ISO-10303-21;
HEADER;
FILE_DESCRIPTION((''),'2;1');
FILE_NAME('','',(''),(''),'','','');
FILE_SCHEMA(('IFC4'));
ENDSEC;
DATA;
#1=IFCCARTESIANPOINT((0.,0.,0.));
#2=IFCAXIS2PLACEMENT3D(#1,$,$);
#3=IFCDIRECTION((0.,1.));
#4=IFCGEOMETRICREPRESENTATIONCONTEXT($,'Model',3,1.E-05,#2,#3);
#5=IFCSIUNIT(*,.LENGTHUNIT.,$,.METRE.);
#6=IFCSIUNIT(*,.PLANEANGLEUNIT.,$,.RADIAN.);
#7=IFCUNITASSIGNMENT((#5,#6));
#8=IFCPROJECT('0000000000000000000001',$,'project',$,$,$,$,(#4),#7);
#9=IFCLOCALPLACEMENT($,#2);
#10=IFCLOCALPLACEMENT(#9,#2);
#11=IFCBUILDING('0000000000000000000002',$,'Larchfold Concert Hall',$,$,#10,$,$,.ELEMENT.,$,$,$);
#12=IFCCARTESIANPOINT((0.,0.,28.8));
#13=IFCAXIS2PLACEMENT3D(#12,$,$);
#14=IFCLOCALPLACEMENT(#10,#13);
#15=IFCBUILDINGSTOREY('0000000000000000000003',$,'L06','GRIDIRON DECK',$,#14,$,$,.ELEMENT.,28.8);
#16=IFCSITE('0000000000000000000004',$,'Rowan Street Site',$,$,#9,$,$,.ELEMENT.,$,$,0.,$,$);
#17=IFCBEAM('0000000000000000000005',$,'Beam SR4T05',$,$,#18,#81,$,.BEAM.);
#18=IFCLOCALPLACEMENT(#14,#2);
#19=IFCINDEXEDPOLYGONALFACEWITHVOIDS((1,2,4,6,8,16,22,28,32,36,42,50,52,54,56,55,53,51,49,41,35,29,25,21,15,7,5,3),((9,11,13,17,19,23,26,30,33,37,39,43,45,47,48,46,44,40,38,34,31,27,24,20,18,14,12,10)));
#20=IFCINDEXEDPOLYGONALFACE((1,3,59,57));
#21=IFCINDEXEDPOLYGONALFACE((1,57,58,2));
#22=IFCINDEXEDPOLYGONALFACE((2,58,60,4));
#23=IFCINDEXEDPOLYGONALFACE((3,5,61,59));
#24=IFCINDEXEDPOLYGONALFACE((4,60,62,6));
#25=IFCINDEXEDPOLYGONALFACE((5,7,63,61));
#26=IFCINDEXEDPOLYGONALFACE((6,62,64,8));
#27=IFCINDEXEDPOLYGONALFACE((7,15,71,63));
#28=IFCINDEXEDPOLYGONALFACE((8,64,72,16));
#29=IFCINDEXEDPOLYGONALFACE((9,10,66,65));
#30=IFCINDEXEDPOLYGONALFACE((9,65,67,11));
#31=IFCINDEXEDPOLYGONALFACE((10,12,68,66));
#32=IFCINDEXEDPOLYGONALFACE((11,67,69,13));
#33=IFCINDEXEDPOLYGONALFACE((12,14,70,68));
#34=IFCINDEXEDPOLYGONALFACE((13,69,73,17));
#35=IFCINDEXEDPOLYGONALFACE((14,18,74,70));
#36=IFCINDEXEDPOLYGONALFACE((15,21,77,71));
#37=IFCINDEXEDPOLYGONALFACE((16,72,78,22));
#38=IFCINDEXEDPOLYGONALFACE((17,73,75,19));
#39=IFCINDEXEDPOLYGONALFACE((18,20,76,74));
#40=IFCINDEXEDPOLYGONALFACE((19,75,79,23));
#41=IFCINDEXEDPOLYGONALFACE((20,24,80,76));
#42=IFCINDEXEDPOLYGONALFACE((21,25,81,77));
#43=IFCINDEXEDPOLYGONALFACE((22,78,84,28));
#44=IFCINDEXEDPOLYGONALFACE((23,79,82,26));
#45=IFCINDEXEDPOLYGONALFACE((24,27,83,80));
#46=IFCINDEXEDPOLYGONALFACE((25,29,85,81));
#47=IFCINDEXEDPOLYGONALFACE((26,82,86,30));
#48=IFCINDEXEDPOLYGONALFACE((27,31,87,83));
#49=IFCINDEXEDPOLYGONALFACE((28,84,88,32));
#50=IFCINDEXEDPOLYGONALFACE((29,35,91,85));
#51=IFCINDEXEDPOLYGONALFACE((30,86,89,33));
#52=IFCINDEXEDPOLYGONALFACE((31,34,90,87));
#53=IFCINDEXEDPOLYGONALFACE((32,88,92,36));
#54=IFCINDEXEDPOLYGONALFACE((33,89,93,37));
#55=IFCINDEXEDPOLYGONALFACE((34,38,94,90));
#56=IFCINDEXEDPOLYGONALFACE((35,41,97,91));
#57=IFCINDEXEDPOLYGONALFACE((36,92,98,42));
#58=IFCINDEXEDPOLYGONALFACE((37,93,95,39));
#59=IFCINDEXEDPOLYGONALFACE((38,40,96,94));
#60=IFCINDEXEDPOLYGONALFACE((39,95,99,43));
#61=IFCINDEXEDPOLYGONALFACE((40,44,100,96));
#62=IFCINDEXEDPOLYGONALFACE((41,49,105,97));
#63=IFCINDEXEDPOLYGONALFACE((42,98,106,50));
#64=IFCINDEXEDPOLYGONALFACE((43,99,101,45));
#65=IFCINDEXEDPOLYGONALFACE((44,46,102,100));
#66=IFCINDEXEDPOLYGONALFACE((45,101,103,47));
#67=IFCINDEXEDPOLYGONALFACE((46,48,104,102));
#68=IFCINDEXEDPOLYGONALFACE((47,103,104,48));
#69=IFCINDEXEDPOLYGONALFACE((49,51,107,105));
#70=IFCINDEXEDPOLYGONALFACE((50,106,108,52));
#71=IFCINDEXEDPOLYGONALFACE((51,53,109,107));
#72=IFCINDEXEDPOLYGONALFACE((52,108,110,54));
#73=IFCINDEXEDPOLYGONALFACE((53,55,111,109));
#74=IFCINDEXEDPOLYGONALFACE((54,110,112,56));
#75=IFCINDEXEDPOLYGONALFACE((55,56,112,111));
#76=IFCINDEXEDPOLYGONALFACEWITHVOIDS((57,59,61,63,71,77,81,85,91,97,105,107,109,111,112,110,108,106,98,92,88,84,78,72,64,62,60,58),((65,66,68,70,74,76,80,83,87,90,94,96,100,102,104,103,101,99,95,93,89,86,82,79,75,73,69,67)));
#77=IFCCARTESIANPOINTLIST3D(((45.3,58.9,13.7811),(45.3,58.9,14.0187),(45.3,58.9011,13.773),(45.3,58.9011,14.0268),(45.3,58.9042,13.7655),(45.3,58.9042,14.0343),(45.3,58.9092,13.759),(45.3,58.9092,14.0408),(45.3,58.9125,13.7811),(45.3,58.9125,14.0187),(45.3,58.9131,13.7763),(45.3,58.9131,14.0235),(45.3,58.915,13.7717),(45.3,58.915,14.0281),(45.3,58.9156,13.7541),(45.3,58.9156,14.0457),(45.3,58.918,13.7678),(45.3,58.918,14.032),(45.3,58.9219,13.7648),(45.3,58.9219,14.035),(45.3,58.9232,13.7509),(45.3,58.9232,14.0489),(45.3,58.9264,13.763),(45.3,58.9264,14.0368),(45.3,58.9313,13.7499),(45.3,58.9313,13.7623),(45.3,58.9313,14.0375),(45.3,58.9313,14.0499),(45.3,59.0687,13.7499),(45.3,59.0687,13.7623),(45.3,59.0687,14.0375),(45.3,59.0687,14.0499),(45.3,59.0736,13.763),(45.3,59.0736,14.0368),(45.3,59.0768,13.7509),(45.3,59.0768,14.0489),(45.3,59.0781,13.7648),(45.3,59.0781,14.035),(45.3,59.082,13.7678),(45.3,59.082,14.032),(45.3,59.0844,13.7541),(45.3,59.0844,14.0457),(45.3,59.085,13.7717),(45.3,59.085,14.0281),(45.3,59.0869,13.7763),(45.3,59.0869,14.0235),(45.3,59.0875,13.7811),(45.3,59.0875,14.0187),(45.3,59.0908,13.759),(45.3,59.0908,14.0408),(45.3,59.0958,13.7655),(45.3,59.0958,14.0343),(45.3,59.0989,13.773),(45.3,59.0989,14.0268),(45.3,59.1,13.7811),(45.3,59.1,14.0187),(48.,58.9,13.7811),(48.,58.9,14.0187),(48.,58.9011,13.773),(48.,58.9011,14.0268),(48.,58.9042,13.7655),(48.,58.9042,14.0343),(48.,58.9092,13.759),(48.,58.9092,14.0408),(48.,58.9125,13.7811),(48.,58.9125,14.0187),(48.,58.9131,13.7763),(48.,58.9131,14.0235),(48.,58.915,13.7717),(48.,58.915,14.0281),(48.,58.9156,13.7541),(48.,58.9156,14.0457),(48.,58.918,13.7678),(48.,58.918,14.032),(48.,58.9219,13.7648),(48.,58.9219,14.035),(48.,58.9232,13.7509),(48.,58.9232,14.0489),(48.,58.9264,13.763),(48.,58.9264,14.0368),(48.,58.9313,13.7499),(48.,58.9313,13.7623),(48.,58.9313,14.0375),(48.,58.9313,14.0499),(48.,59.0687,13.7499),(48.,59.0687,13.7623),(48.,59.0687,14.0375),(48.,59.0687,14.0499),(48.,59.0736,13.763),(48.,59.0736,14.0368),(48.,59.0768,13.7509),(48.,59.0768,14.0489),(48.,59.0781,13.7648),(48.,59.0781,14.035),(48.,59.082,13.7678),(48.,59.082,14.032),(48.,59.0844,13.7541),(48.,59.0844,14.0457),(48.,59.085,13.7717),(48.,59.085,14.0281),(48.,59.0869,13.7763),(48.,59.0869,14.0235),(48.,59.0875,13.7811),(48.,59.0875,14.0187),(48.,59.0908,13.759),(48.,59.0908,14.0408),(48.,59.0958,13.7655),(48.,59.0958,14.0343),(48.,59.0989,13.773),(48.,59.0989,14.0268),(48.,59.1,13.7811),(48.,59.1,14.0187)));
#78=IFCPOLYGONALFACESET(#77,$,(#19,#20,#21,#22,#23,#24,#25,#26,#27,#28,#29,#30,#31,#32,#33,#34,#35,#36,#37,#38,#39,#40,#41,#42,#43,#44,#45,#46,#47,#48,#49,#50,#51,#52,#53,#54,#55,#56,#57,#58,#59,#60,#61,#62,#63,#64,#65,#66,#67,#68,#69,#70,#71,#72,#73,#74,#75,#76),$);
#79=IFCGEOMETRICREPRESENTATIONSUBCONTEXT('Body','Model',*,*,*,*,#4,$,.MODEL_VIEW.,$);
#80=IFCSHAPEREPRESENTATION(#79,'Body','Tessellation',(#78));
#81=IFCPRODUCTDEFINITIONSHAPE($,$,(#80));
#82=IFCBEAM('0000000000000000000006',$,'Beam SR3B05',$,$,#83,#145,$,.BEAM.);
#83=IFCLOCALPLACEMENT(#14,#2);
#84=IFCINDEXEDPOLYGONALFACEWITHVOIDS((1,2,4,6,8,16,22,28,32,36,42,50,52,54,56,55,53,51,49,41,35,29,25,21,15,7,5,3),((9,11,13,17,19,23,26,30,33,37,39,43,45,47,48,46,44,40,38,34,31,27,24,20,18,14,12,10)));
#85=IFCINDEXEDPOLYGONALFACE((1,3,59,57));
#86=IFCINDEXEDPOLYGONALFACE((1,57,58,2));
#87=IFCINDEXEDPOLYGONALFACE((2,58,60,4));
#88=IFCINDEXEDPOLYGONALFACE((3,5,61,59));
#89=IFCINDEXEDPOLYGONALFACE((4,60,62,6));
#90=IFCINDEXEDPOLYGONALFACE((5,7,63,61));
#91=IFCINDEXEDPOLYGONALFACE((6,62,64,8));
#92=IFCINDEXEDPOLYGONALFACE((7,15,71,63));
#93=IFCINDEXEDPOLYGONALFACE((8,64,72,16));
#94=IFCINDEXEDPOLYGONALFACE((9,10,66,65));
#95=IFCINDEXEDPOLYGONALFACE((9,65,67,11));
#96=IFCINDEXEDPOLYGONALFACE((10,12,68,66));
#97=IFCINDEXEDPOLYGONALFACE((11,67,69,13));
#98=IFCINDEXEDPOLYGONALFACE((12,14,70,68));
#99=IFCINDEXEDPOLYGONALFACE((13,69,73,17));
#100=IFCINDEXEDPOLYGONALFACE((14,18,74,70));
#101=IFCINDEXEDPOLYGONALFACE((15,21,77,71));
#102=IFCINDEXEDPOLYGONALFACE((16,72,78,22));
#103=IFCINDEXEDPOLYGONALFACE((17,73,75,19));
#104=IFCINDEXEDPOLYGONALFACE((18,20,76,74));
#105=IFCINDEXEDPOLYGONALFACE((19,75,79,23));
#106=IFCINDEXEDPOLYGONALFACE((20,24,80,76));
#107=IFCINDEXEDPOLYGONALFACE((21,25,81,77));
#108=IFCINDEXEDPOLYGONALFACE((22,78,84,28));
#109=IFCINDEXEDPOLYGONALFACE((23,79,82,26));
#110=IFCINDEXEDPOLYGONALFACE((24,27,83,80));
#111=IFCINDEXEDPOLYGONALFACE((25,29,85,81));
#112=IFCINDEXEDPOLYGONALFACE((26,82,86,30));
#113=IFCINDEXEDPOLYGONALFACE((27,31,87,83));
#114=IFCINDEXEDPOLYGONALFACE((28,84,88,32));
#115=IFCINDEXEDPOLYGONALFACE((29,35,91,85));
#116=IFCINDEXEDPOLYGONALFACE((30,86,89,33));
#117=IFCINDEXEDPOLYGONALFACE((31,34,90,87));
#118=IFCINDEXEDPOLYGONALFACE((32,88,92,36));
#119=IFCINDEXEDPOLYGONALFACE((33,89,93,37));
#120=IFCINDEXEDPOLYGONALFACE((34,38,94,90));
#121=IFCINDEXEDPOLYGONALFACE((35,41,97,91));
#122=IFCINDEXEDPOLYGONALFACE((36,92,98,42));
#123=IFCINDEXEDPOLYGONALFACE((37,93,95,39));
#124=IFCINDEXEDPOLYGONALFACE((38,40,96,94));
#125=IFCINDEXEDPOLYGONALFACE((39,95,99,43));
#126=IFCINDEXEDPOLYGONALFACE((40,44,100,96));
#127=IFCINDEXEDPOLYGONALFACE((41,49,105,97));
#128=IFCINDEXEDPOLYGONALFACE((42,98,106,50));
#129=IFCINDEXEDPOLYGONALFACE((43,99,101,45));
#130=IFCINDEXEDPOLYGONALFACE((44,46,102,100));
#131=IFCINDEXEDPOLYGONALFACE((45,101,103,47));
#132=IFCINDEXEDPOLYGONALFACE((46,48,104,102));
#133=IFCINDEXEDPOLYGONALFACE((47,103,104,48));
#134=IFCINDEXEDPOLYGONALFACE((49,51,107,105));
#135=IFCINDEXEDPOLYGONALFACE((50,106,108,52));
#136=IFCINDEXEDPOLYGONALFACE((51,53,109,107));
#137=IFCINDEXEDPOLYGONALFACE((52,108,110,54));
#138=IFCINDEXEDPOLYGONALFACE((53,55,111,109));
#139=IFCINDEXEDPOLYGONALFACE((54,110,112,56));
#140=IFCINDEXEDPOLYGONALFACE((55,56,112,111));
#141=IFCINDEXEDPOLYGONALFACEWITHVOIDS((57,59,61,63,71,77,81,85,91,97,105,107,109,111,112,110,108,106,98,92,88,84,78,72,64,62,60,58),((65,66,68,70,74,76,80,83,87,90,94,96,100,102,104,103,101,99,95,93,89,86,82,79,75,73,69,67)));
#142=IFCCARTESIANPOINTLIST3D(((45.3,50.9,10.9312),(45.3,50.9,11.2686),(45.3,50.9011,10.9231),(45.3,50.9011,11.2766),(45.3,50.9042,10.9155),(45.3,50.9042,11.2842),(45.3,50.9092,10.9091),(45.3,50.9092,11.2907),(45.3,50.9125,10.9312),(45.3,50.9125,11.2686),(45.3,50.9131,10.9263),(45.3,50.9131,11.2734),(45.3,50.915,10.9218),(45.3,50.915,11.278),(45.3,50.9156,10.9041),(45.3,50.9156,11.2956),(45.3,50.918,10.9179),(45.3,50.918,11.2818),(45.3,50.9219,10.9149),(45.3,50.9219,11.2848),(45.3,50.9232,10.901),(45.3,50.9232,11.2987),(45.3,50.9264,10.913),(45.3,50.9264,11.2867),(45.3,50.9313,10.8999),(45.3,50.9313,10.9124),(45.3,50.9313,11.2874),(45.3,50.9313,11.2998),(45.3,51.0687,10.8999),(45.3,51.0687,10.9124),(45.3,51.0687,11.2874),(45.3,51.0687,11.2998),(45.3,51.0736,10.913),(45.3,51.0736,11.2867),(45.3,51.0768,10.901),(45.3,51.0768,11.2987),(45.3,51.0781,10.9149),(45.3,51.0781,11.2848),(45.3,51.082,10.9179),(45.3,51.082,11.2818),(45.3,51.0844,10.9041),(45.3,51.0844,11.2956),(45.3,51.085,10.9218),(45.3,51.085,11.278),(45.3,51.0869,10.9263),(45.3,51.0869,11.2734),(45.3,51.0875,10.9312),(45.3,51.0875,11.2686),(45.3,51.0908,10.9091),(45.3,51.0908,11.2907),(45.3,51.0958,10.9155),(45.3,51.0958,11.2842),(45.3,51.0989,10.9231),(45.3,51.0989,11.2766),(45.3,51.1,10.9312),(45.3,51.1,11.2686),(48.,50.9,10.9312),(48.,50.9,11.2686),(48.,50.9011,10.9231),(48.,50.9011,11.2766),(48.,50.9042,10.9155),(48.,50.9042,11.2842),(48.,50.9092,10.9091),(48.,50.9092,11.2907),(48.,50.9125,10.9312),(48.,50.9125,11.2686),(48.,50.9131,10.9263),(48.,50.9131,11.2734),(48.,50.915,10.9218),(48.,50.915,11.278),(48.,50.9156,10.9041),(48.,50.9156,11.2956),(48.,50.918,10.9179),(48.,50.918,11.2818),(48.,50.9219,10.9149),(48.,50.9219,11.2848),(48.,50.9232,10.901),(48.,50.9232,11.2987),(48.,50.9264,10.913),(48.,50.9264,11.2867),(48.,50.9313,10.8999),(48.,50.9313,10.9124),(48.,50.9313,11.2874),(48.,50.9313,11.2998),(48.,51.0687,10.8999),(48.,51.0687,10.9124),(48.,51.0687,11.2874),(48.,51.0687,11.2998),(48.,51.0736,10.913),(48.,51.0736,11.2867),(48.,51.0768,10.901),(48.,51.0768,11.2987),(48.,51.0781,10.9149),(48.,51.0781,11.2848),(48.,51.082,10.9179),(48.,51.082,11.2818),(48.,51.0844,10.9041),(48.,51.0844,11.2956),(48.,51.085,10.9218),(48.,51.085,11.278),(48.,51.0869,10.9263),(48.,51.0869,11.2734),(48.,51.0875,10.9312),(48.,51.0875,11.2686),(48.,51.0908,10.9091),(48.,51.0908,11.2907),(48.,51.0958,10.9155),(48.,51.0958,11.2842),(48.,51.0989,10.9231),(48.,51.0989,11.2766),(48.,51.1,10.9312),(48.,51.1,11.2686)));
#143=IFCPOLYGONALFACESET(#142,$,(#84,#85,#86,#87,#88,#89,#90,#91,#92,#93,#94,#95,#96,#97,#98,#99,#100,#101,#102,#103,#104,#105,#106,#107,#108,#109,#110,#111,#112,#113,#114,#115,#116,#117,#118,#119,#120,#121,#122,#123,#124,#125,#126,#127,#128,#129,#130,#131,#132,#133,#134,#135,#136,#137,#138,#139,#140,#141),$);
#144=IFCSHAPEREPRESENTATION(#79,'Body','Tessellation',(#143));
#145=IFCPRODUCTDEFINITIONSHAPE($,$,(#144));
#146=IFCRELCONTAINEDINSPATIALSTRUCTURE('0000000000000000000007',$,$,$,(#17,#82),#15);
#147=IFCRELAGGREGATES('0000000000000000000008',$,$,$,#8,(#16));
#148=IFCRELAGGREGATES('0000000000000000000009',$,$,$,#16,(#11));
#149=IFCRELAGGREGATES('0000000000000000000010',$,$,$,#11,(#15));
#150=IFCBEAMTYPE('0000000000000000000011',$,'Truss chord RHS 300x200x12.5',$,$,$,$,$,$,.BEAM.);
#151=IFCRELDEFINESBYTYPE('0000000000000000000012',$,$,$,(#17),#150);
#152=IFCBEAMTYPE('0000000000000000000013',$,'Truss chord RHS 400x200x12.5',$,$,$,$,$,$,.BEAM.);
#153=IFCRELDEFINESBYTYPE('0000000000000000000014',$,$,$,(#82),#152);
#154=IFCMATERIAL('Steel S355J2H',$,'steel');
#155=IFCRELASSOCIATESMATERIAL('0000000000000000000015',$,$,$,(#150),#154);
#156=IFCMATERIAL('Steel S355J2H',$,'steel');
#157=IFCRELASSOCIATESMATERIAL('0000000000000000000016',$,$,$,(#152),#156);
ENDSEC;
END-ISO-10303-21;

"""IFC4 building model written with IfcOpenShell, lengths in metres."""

from ifc_helpers import new_model, si_unit, direction, frame, origin, origin_2d, place, context, subcontext, project, spatial, hollow_rectangle, extrude, material, material_profile, profile_set, type_object, element, save


model = new_model("IFC4")

# Units and contexts
model_context = context("Model", 3, precision=1e-05, world=origin(), true_north=direction((0.0, 1.0)))
body_context = subcontext(model_context, "Body", "Model", "MODEL_VIEW")
ifc_project = project(units=[si_unit("LENGTHUNIT", "METRE"), si_unit("PLANEANGLEUNIT", "RADIAN")], contexts=[model_context])

# Site, building, storey
site_placement = place(None, origin())
site = spatial("IfcSite", under=ifc_project, at=site_placement, Name="Rowan Street Site", CompositionType="ELEMENT", RefElevation=0.0)
building_placement = place(site_placement, origin())
building = spatial("IfcBuilding", under=site, at=building_placement, Name="Larchfold Concert Hall", CompositionType="ELEMENT")
storey_placement = place(building_placement, frame((0.0, 0.0, 28.8)))
storey = spatial("IfcBuildingStorey", under=building, at=storey_placement, Name="L06", Description="GRIDIRON DECK", CompositionType="ELEMENT", Elevation=28.8)

# Beams
ifc_material_1 = material(Name="Steel S355J2H", Category="steel")
ifc_material_profile_1 = material_profile(ifc_material_1, hollow_rectangle(XDim=0.2, YDim=0.3, WallThickness=0.0125, InnerFilletRadius=0.0188, OuterFilletRadius=0.0312, at=origin_2d()))
ifc_profile_set_1 = profile_set([ifc_material_profile_1], Name="Steel S355J2H")
beam_type_1 = type_object("IfcBeamType", Name="Truss chord RHS 300x200x12.5", PredefinedType="BEAM", material=ifc_profile_set_1)
for number, where, z_axis, x_axis, name in (
    (1, (45.3, 59.0, 13.8999), (1.0, 0.0, 0.0), (0.0, 1.0, 0.0), "Beam SR4T05"),
):
    element("IfcBeam", number, at=place(storey_placement, frame(where, z_axis=z_axis, x_axis=x_axis)), inside=storey, type_object=beam_type_1, Name=name, PredefinedType="BEAM", context=body_context, shape_type="SweptSolid", body=[
        extrude(hollow_rectangle(XDim=0.2, YDim=0.3, WallThickness=0.0125, InnerFilletRadius=0.0188, OuterFilletRadius=0.0312, at=origin_2d()), origin(), (0.0, 0.0, 1.0), 2.7),
    ])
ifc_material_2 = material(Name="Steel S355J2H", Category="steel")
ifc_material_profile_2 = material_profile(ifc_material_2, hollow_rectangle(XDim=0.2, YDim=0.3999, WallThickness=0.0125, InnerFilletRadius=0.0188, OuterFilletRadius=0.0312, at=origin_2d()))
ifc_profile_set_2 = profile_set([ifc_material_profile_2], Name="Steel S355J2H")
beam_type_2 = type_object("IfcBeamType", Name="Truss chord RHS 400x200x12.5", PredefinedType="BEAM", material=ifc_profile_set_2)
for number, where, z_axis, x_axis, name in (
    (2, (45.3, 51.0, 11.0999), (1.0, 0.0, 0.0), (0.0, 1.0, 0.0), "Beam SR3B05"),
):
    element("IfcBeam", number, at=place(storey_placement, frame(where, z_axis=z_axis, x_axis=x_axis)), inside=storey, type_object=beam_type_2, Name=name, PredefinedType="BEAM", context=body_context, shape_type="SweptSolid", body=[
        extrude(hollow_rectangle(XDim=0.2, YDim=0.3999, WallThickness=0.0125, InnerFilletRadius=0.0188, OuterFilletRadius=0.0312, at=origin_2d()), origin(), (0.0, 0.0, 1.0), 2.7),
    ])

save(model, "model.ifc")
